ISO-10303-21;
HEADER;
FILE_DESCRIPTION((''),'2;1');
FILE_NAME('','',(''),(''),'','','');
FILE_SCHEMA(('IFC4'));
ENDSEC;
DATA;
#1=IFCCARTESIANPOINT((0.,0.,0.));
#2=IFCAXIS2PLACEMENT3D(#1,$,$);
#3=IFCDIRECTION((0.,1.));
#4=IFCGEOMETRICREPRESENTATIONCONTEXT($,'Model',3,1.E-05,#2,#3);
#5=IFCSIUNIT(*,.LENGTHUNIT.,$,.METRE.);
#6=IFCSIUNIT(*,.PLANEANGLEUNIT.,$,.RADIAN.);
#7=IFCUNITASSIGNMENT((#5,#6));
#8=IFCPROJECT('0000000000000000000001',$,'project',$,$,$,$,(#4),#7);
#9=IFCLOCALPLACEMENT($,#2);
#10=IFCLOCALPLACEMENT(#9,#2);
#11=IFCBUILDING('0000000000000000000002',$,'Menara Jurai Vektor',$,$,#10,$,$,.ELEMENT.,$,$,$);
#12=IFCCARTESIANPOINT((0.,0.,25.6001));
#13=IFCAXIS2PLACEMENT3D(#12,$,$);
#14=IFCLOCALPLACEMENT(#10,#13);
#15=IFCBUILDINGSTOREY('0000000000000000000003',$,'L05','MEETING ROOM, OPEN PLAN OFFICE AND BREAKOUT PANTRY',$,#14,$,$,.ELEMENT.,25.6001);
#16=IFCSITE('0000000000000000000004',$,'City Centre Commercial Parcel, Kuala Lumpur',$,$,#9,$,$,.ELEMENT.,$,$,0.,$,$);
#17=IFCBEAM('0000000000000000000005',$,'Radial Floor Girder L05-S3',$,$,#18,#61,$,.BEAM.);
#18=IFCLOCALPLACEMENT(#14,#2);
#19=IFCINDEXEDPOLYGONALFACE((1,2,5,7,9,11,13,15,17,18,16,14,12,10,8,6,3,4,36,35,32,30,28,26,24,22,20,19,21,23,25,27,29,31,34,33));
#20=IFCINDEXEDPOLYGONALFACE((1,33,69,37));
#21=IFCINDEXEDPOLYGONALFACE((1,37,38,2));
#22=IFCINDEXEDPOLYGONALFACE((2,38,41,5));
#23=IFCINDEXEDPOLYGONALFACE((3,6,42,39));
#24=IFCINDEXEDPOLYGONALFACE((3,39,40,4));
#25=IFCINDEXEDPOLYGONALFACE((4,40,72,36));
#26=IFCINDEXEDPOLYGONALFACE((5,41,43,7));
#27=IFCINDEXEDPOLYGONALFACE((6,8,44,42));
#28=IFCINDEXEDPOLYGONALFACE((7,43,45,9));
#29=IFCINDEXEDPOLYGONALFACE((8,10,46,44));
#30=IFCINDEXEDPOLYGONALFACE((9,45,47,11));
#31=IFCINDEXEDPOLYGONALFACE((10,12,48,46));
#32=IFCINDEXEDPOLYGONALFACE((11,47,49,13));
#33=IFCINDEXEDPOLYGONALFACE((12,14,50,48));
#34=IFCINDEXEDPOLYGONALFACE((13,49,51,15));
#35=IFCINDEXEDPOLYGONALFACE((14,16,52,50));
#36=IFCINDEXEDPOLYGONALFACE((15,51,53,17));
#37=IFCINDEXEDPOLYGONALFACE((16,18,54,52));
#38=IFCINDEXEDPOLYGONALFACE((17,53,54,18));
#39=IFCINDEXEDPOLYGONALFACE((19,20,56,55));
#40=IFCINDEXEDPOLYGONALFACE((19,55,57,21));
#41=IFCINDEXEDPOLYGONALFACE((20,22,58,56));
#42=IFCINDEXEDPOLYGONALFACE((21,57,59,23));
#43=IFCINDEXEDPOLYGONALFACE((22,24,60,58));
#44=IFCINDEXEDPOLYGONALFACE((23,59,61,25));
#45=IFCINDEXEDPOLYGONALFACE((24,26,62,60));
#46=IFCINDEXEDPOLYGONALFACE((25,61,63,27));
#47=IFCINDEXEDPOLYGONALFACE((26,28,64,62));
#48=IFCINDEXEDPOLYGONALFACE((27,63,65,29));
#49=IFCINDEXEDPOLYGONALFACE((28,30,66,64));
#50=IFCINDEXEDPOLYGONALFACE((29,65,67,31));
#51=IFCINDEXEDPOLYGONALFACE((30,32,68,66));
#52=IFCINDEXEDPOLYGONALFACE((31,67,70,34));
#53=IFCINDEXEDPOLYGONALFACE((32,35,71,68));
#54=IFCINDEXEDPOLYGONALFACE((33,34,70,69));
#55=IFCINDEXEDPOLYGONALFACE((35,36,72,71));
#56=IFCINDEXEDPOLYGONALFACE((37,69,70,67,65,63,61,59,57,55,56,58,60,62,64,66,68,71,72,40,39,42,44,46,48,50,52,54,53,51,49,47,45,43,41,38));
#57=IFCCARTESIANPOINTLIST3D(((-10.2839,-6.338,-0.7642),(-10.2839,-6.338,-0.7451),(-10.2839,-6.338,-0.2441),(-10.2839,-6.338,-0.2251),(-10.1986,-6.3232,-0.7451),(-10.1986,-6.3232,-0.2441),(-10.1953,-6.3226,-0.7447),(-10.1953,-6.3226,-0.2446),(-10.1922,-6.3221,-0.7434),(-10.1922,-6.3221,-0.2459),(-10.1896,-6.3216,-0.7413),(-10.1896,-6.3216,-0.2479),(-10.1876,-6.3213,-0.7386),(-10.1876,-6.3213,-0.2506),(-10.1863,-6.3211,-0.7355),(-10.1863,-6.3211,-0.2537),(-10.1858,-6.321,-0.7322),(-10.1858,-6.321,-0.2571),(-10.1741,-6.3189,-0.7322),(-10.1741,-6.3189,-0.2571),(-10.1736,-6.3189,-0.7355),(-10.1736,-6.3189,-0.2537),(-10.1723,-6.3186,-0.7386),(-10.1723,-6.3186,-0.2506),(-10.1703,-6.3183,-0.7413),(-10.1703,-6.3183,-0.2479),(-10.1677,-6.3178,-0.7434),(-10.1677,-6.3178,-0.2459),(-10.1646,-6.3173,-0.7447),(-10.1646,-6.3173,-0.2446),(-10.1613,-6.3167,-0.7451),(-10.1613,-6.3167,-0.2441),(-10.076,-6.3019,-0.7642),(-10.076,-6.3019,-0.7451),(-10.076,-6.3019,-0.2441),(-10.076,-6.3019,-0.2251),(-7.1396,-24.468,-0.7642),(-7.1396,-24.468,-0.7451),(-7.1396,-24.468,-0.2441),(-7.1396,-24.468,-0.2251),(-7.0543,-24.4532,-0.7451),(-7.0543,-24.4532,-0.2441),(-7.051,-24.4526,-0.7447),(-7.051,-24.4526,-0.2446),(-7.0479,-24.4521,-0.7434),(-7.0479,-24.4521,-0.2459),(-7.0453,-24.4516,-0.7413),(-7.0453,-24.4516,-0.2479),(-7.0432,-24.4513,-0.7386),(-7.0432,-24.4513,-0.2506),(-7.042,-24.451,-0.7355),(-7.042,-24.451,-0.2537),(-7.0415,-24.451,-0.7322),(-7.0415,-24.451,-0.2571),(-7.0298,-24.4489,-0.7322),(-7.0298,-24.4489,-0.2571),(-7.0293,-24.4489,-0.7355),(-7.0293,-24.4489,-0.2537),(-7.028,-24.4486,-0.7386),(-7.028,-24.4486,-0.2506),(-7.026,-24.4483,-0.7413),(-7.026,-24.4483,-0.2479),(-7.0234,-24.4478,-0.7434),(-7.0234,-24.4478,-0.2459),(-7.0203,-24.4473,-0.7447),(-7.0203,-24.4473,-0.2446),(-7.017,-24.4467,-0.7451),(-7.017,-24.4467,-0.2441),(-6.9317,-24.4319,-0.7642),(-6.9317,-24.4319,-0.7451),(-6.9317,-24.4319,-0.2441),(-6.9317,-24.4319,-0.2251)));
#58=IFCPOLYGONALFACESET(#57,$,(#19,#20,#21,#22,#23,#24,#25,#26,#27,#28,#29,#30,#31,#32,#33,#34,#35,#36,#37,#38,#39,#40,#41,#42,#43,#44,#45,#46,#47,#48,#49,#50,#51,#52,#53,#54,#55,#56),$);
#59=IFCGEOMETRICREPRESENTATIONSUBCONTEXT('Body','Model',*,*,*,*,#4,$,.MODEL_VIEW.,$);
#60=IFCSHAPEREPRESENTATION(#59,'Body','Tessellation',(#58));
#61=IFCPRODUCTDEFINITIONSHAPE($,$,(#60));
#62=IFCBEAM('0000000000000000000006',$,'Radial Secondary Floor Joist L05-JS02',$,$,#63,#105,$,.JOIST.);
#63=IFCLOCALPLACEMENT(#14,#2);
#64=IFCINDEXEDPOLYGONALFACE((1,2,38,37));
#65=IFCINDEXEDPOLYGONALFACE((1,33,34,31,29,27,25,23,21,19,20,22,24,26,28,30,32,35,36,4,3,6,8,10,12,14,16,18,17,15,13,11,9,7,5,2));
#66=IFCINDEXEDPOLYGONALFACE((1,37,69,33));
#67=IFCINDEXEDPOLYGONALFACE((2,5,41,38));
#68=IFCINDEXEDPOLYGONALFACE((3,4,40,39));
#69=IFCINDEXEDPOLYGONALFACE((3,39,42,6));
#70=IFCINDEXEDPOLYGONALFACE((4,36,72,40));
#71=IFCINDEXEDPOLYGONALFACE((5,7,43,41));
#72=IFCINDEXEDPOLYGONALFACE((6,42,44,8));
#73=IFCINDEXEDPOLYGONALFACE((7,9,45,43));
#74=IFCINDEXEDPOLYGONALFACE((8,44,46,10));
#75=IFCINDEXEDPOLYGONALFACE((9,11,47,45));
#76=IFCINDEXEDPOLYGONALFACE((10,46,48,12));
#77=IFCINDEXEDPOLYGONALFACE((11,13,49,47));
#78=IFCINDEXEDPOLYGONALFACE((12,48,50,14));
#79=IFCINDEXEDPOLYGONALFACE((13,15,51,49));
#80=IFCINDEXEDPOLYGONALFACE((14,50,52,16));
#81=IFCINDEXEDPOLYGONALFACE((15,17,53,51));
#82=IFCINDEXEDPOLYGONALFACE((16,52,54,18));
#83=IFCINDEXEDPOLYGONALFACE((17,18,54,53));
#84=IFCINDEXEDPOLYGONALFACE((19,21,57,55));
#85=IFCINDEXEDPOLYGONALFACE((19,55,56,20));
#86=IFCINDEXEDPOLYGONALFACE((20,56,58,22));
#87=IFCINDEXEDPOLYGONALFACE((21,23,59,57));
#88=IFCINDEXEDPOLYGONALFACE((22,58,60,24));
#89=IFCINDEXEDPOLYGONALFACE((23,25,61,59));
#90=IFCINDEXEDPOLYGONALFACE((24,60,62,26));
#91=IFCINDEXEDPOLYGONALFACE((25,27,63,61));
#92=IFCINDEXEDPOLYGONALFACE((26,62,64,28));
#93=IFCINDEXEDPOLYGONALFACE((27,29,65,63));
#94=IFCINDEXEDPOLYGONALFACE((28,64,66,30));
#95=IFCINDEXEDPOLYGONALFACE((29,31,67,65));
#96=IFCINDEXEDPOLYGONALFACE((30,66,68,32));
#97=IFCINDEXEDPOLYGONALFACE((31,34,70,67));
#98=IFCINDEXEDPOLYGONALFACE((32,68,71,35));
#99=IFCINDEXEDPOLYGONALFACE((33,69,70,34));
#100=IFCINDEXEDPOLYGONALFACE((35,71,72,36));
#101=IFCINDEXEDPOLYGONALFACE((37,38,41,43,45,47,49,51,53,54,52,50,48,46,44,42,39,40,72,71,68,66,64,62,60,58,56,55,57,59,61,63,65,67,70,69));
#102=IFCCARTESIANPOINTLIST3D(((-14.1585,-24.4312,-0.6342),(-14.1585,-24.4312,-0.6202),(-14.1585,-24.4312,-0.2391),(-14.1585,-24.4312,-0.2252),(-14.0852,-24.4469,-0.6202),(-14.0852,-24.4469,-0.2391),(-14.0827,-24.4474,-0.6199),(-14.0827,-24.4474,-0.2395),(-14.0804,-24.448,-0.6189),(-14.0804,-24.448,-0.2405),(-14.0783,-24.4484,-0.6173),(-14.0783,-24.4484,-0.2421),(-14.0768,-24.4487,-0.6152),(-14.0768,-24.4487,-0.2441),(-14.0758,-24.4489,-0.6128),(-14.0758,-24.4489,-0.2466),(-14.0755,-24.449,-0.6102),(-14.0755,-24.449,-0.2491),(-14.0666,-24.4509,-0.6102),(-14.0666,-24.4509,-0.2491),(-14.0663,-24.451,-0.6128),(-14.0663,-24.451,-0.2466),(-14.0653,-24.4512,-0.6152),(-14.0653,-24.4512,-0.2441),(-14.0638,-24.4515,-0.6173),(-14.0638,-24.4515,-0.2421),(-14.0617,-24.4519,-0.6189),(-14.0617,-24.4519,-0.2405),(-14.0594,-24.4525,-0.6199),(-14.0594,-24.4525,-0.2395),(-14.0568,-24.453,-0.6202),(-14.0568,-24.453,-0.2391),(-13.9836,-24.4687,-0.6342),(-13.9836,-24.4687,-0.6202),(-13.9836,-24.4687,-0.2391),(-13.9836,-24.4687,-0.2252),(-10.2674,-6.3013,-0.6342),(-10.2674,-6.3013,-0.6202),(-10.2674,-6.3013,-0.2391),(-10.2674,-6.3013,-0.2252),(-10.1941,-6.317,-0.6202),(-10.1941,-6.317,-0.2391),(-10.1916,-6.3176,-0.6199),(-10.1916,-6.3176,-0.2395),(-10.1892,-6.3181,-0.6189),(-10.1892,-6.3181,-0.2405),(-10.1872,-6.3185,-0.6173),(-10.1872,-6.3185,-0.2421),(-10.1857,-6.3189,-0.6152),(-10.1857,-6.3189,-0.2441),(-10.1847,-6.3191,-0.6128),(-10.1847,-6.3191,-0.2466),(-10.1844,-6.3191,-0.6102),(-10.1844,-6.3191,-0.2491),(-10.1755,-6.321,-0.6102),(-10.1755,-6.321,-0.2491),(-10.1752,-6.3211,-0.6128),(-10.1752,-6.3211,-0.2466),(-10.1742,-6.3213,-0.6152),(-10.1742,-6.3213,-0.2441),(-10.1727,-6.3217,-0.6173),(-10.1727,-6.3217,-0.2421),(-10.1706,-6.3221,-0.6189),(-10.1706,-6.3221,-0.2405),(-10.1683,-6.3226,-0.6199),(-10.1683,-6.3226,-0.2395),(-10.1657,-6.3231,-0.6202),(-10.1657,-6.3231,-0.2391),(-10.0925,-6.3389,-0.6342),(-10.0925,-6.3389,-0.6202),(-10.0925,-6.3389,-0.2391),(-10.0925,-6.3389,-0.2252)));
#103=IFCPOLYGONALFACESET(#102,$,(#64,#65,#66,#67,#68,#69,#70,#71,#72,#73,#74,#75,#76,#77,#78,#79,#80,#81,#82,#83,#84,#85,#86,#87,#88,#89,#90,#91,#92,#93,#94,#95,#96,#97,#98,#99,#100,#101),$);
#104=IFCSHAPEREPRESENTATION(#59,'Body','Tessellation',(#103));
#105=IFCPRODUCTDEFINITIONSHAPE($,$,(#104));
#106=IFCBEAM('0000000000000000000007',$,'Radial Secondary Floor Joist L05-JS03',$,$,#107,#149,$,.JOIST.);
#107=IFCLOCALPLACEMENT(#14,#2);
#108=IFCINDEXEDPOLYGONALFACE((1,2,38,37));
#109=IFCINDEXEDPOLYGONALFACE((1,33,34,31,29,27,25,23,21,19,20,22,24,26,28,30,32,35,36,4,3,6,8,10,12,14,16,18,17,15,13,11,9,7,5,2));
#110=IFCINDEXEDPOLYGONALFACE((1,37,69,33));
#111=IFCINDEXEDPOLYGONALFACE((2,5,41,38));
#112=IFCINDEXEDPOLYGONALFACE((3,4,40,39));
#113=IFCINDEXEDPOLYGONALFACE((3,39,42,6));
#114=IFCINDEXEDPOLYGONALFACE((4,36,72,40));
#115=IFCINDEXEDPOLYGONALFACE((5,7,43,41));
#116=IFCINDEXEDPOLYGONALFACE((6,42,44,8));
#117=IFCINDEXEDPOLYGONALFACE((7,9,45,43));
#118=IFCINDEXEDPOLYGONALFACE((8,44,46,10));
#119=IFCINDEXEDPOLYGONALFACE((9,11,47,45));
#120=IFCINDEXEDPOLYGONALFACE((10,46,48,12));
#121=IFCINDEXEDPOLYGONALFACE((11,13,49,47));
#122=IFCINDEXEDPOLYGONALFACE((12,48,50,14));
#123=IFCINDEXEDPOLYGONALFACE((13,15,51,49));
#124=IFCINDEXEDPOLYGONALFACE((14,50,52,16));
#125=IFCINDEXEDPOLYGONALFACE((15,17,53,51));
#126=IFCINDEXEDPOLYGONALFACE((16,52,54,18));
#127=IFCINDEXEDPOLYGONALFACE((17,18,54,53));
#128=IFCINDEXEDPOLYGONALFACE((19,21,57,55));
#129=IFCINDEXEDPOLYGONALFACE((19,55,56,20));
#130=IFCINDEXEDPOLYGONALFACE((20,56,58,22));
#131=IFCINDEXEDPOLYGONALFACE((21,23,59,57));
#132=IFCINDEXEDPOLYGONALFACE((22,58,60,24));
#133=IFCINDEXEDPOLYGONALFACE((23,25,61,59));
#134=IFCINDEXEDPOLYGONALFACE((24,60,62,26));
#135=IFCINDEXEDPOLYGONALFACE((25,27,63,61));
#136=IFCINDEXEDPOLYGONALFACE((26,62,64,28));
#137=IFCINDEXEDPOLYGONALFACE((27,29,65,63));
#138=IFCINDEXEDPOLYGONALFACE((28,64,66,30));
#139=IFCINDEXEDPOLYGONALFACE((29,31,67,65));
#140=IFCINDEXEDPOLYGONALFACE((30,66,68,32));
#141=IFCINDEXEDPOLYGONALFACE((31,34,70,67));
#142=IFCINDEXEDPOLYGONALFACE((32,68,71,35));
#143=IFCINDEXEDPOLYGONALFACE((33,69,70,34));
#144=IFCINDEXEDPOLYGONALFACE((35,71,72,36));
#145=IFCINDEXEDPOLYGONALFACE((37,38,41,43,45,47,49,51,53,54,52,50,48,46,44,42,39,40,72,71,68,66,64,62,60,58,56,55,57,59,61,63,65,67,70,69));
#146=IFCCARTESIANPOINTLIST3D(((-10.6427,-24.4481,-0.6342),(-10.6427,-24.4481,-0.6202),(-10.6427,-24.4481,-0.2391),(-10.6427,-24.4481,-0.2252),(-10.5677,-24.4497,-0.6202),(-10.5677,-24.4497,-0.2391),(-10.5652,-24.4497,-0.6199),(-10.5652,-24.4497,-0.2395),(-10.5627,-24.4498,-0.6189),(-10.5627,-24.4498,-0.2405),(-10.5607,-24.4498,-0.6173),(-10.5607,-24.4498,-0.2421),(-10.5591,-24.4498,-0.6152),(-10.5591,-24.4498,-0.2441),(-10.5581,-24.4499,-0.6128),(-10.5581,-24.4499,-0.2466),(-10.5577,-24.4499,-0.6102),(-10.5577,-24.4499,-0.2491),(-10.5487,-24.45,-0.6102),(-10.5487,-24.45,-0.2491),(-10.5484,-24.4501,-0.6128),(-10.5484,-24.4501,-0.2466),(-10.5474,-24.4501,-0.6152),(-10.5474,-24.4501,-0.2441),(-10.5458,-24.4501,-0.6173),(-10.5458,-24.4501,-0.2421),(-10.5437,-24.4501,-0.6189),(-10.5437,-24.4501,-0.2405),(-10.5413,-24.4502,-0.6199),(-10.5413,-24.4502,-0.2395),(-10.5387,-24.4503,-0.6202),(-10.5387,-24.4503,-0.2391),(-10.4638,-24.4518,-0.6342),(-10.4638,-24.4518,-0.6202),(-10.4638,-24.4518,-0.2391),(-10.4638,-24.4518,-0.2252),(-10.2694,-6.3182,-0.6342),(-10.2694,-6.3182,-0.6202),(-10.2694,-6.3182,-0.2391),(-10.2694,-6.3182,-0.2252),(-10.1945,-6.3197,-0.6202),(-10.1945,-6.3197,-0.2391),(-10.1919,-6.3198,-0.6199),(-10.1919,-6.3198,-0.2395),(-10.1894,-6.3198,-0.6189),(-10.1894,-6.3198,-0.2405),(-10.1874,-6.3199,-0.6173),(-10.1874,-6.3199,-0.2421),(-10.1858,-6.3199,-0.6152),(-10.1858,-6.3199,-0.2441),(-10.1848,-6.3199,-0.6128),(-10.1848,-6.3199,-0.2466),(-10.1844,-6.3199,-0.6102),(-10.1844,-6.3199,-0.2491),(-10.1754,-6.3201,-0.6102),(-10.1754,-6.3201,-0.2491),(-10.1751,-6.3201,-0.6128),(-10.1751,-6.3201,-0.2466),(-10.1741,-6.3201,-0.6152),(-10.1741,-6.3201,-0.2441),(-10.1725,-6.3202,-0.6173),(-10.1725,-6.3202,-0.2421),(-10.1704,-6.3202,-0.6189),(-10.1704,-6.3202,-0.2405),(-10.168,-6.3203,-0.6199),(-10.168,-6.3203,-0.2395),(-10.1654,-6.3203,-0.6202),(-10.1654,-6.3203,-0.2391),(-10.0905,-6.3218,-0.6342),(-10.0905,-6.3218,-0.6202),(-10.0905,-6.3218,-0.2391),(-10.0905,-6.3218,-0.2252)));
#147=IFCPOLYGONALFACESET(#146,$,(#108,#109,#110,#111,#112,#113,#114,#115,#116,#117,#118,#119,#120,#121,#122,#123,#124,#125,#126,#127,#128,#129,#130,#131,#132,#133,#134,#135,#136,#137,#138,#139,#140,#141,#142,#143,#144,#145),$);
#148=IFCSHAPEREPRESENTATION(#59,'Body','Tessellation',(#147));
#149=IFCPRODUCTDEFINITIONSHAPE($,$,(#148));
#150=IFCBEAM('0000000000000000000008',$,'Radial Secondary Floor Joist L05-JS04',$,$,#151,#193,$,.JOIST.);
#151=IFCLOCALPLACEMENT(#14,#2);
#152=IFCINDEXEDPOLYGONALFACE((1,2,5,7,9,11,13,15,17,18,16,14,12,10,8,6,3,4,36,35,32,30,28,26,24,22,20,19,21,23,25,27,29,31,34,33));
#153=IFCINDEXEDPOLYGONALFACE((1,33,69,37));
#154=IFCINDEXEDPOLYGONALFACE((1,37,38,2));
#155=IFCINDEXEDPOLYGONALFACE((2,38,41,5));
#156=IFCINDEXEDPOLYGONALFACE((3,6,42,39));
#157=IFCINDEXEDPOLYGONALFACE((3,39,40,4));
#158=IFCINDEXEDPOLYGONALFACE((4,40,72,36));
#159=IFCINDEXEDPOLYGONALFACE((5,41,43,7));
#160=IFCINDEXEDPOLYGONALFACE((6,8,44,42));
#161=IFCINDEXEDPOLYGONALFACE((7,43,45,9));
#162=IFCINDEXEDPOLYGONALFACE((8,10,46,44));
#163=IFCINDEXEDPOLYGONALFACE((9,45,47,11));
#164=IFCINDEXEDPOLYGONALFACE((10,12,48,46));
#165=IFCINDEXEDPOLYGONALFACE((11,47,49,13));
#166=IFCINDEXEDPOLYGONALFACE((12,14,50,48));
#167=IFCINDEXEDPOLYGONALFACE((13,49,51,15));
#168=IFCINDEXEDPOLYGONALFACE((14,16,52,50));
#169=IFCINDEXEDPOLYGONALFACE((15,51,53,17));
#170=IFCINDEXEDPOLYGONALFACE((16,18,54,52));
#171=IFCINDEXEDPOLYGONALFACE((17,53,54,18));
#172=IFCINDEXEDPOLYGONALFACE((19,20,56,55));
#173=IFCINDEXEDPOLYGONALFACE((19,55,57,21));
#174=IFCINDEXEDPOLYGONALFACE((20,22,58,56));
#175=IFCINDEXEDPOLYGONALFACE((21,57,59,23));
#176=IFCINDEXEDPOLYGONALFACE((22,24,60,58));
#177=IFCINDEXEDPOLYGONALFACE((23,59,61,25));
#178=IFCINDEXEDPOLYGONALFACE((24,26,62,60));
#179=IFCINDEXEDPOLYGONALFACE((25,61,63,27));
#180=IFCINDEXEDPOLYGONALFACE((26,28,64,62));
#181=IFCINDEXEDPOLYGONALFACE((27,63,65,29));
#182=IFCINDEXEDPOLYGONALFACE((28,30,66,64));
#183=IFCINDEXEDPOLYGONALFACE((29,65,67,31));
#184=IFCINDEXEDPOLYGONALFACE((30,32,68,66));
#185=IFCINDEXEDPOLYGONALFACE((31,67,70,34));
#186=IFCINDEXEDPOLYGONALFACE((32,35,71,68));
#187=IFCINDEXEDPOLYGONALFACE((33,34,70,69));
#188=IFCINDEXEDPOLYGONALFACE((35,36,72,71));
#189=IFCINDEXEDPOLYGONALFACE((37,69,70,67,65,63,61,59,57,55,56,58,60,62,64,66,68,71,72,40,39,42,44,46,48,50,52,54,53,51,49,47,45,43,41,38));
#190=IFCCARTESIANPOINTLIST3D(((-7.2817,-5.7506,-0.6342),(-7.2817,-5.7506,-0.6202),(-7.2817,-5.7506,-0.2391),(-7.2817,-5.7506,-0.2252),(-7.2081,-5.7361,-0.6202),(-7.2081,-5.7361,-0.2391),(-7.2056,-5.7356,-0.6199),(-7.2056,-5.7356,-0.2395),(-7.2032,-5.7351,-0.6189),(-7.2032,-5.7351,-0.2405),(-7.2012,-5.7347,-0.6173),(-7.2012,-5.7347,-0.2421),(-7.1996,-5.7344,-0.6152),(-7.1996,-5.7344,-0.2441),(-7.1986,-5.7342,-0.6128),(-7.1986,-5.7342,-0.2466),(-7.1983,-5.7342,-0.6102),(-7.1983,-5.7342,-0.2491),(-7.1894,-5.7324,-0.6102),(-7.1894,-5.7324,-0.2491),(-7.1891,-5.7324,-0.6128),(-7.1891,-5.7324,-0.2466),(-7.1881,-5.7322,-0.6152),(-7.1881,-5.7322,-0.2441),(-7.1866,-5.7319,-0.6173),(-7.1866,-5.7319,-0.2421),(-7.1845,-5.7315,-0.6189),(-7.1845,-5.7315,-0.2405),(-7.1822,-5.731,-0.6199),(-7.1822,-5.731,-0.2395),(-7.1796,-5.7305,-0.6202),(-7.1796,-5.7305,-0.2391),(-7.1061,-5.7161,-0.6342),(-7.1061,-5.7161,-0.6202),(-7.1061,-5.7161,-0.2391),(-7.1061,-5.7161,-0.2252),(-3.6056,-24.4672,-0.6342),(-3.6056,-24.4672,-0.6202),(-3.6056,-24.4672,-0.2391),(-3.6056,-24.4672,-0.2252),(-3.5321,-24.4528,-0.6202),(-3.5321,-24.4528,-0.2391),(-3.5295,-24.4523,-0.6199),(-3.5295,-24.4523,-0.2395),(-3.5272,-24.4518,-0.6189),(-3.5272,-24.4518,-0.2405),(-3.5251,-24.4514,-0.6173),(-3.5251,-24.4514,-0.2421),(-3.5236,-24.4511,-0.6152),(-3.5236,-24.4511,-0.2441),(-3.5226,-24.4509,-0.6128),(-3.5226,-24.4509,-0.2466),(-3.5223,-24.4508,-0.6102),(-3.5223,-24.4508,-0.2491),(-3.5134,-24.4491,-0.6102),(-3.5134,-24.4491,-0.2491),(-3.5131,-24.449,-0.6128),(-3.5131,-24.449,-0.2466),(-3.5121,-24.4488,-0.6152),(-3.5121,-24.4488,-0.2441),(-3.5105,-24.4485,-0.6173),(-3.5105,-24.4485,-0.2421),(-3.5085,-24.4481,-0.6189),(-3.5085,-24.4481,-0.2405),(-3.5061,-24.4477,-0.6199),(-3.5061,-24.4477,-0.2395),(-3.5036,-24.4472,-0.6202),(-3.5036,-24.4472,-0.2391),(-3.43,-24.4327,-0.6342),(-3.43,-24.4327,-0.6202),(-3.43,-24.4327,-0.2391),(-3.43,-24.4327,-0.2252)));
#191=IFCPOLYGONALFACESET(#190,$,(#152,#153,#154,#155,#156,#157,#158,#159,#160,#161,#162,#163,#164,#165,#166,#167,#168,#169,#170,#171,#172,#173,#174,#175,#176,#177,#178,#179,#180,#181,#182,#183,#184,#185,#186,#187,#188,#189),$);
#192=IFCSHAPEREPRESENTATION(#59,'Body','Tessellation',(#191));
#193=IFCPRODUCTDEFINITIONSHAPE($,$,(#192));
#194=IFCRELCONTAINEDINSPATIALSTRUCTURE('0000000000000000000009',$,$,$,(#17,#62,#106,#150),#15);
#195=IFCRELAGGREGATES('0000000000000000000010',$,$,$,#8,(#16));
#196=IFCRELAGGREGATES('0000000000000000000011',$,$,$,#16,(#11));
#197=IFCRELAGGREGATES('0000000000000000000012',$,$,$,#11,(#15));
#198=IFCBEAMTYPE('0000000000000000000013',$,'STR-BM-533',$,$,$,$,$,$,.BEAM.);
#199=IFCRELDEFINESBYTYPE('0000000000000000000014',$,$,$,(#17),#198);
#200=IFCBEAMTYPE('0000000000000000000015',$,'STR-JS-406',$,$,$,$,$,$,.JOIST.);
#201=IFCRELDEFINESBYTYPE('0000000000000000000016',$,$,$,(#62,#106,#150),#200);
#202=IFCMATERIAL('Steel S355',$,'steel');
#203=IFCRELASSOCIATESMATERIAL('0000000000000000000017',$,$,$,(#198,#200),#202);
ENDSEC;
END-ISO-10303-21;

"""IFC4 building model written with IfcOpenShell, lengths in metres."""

from ifc_helpers import new_model, si_unit, direction, frame, origin, origin_2d, place, context, subcontext, project, spatial, i_section, extrude, material, material_profile, profile_set, type_object, element, save


model = new_model("IFC4")

# Units and contexts
model_context = context("Model", 3, precision=1e-05, world=origin(), true_north=direction((0.0, 1.0)))
body_context = subcontext(model_context, "Body", "Model", "MODEL_VIEW")
ifc_project = project(units=[si_unit("LENGTHUNIT", "METRE"), si_unit("PLANEANGLEUNIT", "RADIAN")], contexts=[model_context])

# Site, building, storey
site_placement = place(None, origin())
site = spatial("IfcSite", under=ifc_project, at=site_placement, Name="City Centre Commercial Parcel, Kuala Lumpur", CompositionType="ELEMENT", RefElevation=0.0)
building_placement = place(site_placement, origin())
building = spatial("IfcBuilding", under=site, at=building_placement, Name="Menara Jurai Vektor", CompositionType="ELEMENT")
storey_placement = place(building_placement, frame((0.0, 0.0, 25.6001)))
storey = spatial("IfcBuildingStorey", under=building, at=storey_placement, Name="L05", Description="MEETING ROOM, OPEN PLAN OFFICE AND BREAKOUT PANTRY", CompositionType="ELEMENT", Elevation=25.6001)

# Beams
ifc_material_1 = material(Name="Steel S355", Category="steel")
ifc_material_profile_1 = material_profile(ifc_material_1, i_section(OverallWidth=0.2109, OverallDepth=0.5391, WebThickness=0.012, FlangeThickness=0.019, FilletRadius=0.0129, at=origin_2d()), Name="UKB 533x210x109")
ifc_profile_set_1 = profile_set([ifc_material_profile_1], Name="Steel S355")
beam_type_1 = type_object("IfcBeamType", Name="STR-BM-533", PredefinedType="BEAM", material=ifc_profile_set_1)
beam_1_placement = place(storey_placement, frame((-7.0356, -24.45, -0.4946), z_axis=(-0.17088, 0.985292, 0.0), x_axis=(-0.985292, -0.17088, 0.0)))
element("IfcBeam", 1, at=beam_1_placement, inside=storey, type_object=beam_type_1, Name="Radial Floor Girder L05-S3", PredefinedType="BEAM", context=body_context, shape_type="SweptSolid", body=[
    extrude(i_section(OverallWidth=0.2109, OverallDepth=0.5391, WebThickness=0.012, FlangeThickness=0.019, FilletRadius=0.0129, at=origin_2d()), origin(), (0.0, 0.0, 1.0), 18.4006),
])
ifc_material_profile_2 = material_profile(ifc_material_1, i_section(OverallWidth=0.179, OverallDepth=0.4089, WebThickness=0.009, FlangeThickness=0.0139, FilletRadius=0.01, at=origin_2d()), Name="UKB 406x178x67")
ifc_profile_set_2 = profile_set([ifc_material_profile_2], Name="Steel S355")
beam_type_2 = type_object("IfcBeamType", Name="STR-JS-406", PredefinedType="JOIST", material=ifc_profile_set_2)
beam_2_placement = place(storey_placement, frame((-14.071, -24.45, -0.4297), z_axis=(0.209846, 0.977735, 0.0), x_axis=(-0.977735, 0.209846, 0.0)))
element("IfcBeam", 2, at=beam_2_placement, inside=storey, type_object=beam_type_2, Name="Radial Secondary Floor Joist L05-JS02", PredefinedType="JOIST", context=body_context, shape_type="SweptSolid", body=[
    extrude(i_section(OverallWidth=0.179, OverallDepth=0.4089, WebThickness=0.009, FlangeThickness=0.0139, FilletRadius=0.01, at=origin_2d()), origin(), (0.0, 0.0, 1.0), 18.5427),
])
beam_3_placement = place(storey_placement, frame((-10.5532, -24.45, -0.4297), z_axis=(0.020585, 0.999788, 0.0), x_axis=(-0.999788, 0.020585, 0.0)))
element("IfcBeam", 3, at=beam_3_placement, inside=storey, type_object=beam_type_2, Name="Radial Secondary Floor Joist L05-JS03", PredefinedType="JOIST", context=body_context, shape_type="SweptSolid", body=[
    extrude(i_section(OverallWidth=0.179, OverallDepth=0.4089, WebThickness=0.009, FlangeThickness=0.0139, FilletRadius=0.01, at=origin_2d()), origin(), (0.0, 0.0, 1.0), 18.1338),
])
beam_4_placement = place(storey_placement, frame((-3.5178, -24.45, -0.4297), z_axis=(-0.192723, 0.981253, 0.0), x_axis=(-0.981253, -0.192723, 0.0)))
element("IfcBeam", 4, at=beam_4_placement, inside=storey, type_object=beam_type_2, Name="Radial Secondary Floor Joist L05-JS04", PredefinedType="JOIST", context=body_context, shape_type="SweptSolid", body=[
    extrude(i_section(OverallWidth=0.179, OverallDepth=0.4089, WebThickness=0.009, FlangeThickness=0.0139, FilletRadius=0.01, at=origin_2d()), origin(), (0.0, 0.0, 1.0), 19.0742),
])

save(model, "model.ifc")
